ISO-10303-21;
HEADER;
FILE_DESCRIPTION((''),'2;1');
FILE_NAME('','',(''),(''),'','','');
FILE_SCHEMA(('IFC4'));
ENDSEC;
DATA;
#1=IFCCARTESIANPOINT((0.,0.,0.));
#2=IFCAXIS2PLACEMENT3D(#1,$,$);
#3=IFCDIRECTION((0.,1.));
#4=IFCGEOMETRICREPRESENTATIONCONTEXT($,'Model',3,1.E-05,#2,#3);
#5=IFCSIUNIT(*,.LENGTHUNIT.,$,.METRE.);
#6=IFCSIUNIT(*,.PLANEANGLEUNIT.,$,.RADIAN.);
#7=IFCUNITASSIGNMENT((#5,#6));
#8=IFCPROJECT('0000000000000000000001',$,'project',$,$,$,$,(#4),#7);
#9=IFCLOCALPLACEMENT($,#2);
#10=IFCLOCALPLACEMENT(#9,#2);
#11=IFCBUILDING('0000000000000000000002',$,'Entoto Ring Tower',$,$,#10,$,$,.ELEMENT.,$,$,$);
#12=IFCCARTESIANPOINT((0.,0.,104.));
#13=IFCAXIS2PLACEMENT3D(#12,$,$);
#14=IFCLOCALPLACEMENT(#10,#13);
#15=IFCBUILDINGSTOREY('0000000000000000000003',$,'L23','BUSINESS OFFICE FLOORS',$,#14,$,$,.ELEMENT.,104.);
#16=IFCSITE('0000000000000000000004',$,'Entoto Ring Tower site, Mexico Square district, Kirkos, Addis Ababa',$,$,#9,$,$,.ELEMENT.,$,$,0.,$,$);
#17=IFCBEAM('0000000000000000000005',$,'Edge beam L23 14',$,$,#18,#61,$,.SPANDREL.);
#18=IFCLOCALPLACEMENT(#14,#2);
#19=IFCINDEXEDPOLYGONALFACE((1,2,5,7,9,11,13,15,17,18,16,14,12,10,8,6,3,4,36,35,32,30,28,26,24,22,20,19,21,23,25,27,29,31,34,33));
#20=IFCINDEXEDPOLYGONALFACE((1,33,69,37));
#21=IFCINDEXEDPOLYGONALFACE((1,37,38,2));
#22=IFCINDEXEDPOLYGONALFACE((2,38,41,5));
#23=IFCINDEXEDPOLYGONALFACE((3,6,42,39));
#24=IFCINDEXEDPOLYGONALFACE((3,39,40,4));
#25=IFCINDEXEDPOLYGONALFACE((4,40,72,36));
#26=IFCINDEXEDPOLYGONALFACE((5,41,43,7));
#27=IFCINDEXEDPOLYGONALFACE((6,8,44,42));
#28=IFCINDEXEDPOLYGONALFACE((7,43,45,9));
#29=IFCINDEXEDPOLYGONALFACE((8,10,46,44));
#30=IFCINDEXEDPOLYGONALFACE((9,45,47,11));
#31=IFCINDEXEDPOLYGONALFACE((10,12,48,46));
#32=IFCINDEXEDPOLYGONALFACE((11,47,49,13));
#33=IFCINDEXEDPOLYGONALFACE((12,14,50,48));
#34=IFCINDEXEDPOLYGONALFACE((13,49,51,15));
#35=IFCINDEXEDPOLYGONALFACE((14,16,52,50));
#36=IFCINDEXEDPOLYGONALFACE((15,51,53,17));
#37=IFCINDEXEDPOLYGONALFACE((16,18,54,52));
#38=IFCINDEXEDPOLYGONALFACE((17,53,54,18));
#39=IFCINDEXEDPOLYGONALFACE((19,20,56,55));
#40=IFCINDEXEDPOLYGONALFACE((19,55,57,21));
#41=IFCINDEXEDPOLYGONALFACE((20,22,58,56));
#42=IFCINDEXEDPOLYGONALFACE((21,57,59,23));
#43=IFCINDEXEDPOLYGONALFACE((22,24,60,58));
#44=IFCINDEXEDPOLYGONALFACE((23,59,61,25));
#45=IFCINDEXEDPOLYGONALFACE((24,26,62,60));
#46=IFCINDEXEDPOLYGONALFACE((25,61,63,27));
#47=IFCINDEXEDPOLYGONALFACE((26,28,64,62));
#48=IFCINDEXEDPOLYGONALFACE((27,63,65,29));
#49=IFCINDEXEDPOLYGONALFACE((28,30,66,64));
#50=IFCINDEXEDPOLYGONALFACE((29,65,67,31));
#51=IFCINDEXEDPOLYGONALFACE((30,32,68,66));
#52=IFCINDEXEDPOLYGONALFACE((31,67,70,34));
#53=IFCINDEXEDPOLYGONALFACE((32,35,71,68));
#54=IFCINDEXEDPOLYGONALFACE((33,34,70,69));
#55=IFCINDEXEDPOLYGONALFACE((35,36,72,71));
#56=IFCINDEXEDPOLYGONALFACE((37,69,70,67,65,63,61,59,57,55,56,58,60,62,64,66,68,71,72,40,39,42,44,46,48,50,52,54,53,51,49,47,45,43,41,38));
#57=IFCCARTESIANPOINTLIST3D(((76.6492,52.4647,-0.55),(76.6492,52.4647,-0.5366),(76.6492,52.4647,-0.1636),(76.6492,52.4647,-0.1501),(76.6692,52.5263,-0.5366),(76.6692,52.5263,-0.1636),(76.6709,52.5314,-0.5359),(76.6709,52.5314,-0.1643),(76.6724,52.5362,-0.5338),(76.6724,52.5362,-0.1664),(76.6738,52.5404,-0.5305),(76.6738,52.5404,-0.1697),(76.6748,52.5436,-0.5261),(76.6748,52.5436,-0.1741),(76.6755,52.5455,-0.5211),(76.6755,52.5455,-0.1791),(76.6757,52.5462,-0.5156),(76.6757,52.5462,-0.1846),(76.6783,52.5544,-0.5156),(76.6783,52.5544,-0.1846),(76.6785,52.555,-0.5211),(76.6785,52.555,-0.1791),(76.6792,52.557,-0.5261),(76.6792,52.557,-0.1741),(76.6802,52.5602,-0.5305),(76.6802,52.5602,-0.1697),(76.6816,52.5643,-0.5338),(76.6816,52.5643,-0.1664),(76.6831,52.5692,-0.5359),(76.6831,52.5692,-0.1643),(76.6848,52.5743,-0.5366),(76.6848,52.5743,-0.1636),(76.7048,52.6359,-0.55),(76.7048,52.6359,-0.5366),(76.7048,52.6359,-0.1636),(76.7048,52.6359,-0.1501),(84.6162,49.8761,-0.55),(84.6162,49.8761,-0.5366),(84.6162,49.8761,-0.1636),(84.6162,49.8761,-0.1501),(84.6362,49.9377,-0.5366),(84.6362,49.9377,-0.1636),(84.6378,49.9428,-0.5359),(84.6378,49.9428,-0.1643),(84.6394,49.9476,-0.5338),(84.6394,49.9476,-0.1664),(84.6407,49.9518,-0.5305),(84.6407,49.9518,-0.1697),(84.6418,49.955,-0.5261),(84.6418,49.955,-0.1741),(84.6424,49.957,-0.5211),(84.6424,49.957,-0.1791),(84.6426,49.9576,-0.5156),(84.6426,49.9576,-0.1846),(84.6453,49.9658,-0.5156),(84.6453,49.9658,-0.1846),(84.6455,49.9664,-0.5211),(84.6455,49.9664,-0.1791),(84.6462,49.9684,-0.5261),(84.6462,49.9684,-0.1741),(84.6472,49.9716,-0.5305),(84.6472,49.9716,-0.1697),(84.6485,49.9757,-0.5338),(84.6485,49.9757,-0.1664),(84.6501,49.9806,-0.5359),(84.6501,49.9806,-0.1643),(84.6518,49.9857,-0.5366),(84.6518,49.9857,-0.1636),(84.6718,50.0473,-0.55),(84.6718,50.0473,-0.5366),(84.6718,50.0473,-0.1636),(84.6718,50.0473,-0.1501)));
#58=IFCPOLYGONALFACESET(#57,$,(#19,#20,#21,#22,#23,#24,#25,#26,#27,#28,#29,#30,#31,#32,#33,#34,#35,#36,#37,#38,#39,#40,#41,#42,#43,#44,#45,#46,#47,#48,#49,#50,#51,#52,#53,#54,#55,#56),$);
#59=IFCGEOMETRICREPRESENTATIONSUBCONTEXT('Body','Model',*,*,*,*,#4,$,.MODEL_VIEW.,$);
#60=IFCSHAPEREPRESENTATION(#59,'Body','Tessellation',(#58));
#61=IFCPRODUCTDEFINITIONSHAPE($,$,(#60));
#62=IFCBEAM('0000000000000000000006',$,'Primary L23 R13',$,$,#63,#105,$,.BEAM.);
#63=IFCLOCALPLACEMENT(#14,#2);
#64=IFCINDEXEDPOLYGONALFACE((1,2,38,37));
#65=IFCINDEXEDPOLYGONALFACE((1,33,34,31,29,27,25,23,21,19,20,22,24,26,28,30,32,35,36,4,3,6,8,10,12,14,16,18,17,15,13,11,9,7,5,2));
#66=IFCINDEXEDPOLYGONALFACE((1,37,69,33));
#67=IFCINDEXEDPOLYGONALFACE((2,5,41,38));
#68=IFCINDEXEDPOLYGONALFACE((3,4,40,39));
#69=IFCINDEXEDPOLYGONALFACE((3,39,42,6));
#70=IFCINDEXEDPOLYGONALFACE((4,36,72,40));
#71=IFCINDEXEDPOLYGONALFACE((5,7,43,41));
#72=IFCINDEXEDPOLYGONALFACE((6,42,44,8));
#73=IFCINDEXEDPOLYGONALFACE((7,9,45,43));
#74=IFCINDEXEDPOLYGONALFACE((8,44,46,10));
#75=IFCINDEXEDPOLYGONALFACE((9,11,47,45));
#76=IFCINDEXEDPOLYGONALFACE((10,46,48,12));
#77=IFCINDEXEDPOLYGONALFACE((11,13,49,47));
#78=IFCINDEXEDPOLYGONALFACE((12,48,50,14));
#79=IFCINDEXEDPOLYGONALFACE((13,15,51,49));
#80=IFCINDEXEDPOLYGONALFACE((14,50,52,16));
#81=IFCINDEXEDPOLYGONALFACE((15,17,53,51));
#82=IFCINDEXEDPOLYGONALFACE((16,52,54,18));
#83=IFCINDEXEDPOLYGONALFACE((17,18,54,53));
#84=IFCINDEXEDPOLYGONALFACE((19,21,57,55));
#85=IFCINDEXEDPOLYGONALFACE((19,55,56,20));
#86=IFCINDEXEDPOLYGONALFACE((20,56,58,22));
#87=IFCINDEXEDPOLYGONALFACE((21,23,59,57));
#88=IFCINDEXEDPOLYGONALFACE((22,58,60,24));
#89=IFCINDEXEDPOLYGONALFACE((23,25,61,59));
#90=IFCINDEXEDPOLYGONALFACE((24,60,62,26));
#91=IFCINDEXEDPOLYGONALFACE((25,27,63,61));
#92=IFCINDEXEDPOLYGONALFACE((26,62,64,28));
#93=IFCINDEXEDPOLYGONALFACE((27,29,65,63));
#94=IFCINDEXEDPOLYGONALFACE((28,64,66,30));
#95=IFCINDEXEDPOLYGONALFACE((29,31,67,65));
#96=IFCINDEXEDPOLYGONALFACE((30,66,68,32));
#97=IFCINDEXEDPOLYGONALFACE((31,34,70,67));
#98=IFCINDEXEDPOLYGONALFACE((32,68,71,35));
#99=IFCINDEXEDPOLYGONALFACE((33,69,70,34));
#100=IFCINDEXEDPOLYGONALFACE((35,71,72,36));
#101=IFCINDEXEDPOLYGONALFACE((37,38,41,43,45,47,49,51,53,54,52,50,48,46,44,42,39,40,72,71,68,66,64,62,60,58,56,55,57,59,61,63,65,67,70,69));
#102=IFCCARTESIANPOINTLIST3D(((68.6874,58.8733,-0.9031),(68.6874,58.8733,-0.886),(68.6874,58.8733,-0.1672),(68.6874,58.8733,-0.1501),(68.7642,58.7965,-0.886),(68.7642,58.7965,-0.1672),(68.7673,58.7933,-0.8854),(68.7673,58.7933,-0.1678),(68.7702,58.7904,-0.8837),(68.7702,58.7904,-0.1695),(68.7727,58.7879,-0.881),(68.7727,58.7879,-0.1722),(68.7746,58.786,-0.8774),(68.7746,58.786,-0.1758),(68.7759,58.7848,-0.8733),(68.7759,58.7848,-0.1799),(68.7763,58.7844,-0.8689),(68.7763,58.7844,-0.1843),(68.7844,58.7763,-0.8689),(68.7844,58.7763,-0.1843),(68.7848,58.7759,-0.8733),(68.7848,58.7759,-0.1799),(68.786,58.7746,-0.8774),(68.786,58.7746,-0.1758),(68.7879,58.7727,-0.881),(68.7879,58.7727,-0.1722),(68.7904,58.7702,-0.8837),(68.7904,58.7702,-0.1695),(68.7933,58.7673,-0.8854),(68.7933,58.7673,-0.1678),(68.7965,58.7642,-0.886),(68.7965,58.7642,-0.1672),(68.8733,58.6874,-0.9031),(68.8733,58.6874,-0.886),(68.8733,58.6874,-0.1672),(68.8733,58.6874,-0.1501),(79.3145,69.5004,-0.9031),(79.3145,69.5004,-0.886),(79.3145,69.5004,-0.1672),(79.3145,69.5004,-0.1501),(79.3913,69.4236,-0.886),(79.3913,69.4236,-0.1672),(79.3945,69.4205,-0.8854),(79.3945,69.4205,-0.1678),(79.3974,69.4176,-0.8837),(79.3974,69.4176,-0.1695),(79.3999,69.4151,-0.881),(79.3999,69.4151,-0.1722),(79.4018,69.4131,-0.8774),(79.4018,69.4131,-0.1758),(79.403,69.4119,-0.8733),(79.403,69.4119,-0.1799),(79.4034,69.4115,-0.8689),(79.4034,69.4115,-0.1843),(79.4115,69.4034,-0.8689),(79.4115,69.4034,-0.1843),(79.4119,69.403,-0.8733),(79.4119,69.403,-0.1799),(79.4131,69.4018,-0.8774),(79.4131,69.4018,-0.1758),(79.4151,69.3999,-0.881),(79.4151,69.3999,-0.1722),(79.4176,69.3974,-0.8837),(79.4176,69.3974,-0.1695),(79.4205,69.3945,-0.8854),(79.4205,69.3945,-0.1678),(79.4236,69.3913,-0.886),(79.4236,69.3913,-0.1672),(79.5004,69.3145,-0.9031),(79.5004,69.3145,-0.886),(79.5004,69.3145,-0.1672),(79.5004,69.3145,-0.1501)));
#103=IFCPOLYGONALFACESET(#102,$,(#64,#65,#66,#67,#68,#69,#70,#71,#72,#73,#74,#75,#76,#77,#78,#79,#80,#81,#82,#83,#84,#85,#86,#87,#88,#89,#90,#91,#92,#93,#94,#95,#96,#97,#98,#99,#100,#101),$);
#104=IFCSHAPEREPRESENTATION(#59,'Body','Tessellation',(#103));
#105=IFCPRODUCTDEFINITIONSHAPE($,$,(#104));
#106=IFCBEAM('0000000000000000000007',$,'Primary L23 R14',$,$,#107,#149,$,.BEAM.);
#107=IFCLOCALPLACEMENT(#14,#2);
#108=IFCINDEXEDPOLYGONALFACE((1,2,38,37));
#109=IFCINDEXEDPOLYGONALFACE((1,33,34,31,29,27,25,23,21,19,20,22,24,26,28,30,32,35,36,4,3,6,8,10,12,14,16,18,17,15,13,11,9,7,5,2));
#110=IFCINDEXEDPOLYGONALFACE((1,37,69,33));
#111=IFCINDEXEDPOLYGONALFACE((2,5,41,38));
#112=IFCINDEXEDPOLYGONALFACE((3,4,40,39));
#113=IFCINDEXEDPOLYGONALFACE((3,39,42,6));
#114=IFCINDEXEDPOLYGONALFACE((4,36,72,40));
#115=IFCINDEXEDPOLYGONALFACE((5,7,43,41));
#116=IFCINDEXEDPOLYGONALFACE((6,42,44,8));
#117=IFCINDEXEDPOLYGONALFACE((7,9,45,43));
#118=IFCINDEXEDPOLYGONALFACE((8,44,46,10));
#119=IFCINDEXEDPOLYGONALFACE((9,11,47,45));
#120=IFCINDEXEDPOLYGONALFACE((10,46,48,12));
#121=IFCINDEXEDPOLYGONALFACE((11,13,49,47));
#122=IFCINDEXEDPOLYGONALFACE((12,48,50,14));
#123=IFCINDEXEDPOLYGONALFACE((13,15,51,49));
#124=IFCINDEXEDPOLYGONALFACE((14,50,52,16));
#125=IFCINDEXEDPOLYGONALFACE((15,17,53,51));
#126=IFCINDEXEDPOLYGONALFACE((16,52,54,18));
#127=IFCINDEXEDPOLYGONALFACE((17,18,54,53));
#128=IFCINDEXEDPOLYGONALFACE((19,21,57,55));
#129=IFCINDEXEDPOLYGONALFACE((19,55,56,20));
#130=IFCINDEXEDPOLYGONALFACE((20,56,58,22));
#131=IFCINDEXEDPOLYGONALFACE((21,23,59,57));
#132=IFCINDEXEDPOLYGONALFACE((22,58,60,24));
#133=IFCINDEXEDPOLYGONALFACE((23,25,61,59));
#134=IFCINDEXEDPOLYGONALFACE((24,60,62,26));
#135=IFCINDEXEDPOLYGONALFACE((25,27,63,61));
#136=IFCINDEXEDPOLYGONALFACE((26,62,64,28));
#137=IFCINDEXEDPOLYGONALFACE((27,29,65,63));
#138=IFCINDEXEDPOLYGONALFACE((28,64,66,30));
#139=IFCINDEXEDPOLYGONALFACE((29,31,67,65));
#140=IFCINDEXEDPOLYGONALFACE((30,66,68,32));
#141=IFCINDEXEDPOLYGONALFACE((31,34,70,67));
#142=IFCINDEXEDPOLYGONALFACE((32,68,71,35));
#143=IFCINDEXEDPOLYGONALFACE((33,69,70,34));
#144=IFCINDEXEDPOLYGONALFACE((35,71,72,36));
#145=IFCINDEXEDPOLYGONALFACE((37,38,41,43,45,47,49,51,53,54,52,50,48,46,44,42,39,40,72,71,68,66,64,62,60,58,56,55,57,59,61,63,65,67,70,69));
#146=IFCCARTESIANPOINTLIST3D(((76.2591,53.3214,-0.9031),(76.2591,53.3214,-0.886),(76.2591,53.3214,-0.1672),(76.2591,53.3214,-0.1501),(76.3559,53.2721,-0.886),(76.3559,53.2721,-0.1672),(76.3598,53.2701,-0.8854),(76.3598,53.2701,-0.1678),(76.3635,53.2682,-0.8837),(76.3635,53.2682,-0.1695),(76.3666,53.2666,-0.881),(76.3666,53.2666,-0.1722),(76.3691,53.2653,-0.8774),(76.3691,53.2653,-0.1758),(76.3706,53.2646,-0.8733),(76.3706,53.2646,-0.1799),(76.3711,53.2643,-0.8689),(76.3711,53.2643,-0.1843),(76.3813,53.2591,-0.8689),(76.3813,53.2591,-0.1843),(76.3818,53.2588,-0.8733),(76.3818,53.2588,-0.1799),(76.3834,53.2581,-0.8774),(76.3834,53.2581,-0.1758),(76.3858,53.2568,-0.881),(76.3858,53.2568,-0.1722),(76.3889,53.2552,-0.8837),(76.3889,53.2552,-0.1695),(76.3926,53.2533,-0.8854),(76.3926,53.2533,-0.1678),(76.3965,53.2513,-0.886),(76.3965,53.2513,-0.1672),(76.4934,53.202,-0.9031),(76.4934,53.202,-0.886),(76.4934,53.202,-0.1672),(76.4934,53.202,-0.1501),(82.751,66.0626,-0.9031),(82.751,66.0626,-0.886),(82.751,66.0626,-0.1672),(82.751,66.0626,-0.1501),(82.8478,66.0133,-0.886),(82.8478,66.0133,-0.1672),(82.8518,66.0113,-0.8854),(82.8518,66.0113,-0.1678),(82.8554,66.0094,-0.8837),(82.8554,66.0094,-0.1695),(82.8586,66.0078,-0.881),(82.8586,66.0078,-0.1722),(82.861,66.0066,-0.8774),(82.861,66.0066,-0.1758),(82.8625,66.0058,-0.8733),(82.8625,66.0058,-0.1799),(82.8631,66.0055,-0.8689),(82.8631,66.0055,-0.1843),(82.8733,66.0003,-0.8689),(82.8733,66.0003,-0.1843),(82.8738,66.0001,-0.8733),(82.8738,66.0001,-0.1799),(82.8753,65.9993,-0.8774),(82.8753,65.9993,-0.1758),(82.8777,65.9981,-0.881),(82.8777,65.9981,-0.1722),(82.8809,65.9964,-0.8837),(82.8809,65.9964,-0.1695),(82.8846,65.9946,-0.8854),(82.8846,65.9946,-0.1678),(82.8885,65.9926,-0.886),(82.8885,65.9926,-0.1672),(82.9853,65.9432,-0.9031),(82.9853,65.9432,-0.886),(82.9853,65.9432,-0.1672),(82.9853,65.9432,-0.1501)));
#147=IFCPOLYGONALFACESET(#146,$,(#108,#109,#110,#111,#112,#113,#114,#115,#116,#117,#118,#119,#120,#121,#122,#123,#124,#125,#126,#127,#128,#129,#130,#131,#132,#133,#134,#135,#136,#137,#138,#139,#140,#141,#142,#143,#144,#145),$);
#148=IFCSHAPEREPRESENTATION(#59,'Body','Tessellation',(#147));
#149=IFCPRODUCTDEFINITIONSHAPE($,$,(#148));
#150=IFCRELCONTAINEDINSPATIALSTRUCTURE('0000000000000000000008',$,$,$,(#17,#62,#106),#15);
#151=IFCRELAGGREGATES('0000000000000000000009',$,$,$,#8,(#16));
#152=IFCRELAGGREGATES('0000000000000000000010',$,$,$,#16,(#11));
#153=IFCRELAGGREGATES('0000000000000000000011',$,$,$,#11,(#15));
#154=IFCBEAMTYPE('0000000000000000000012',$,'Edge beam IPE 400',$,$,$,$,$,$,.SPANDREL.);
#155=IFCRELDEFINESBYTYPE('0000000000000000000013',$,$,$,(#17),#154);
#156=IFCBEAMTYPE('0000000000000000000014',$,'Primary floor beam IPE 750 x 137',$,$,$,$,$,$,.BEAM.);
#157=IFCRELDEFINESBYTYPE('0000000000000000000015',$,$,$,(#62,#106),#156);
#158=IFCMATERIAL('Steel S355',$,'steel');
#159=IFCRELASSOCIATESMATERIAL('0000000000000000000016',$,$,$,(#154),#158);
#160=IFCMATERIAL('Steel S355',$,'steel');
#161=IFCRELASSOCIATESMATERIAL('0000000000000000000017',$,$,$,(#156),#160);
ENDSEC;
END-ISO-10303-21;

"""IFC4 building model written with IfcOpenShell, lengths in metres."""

from ifc_helpers import new_model, si_unit, direction, frame, origin, origin_2d, place, context, subcontext, project, spatial, i_section, extrude, material, material_profile, profile_set, type_object, element, save


model = new_model("IFC4")

# Units and contexts
model_context = context("Model", 3, precision=1e-05, world=origin(), true_north=direction((0.0, 1.0)))
body_context = subcontext(model_context, "Body", "Model", "MODEL_VIEW")
ifc_project = project(units=[si_unit("LENGTHUNIT", "METRE"), si_unit("PLANEANGLEUNIT", "RADIAN")], contexts=[model_context])

# Site, building, storey
site_placement = place(None, origin())
site = spatial("IfcSite", under=ifc_project, at=site_placement, Name="Entoto Ring Tower site, Mexico Square district, Kirkos, Addis Ababa", CompositionType="ELEMENT", RefElevation=0.0)
building_placement = place(site_placement, origin())
building = spatial("IfcBuilding", under=site, at=building_placement, Name="Entoto Ring Tower", CompositionType="ELEMENT")
storey_placement = place(building_placement, frame((0.0, 0.0, 104.0)))
storey = spatial("IfcBuildingStorey", under=building, at=storey_placement, Name="L23", Description="BUSINESS OFFICE FLOORS", CompositionType="ELEMENT", Elevation=104.0)

# Beams
ifc_material_1 = material(Name="Steel S355", Category="steel")
ifc_material_profile_1 = material_profile(ifc_material_1, i_section(OverallWidth=0.1799, OverallDepth=0.3999, WebThickness=0.0085, FlangeThickness=0.0134, FilletRadius=0.021, at=origin_2d()), Name="IPE 400")
ifc_profile_set_1 = profile_set([ifc_material_profile_1], Name="Steel S355")
beam_type_1 = type_object("IfcBeamType", Name="Edge beam IPE 400", PredefinedType="SPANDREL", material=ifc_profile_set_1)
for number, where, z_axis, x_axis, name in (
    (1, (76.677, 52.5503, -0.3501), (0.951057, -0.309014, 0.0), (0.309014, 0.951057, 0.0), "Edge beam L23 14"),
):
    element("IfcBeam", number, at=place(storey_placement, frame(where, z_axis=z_axis, x_axis=x_axis)), inside=storey, type_object=beam_type_1, Name=name, PredefinedType="SPANDREL", context=body_context, shape_type="SweptSolid", body=[
        extrude(i_section(OverallWidth=0.1799, OverallDepth=0.3999, WebThickness=0.0085, FlangeThickness=0.0134, FilletRadius=0.021, at=origin_2d()), origin(), (0.0, 0.0, 1.0), 8.377),
    ])
ifc_material_2 = material(Name="Steel S355", Category="steel")
ifc_material_profile_2 = material_profile(ifc_material_2, i_section(OverallWidth=0.2629, OverallDepth=0.7529, WebThickness=0.0115, FlangeThickness=0.0171, FilletRadius=0.0171, at=origin_2d()), Name="IPE 750 x 137")
ifc_profile_set_2 = profile_set([ifc_material_profile_2], Name="Steel S355")
beam_type_2 = type_object("IfcBeamType", Name="Primary floor beam IPE 750 x 137", PredefinedType="BEAM", material=ifc_profile_set_2)
beam_1_placement = place(storey_placement, frame((79.4075, 69.4075, -0.5266), z_axis=(-0.707107, -0.707107, 0.0), x_axis=(0.707107, -0.707107, 0.0)))
element("IfcBeam", 2, at=beam_1_placement, inside=storey, type_object=beam_type_2, Name="Primary L23 R13", PredefinedType="BEAM", context=body_context, shape_type="SweptSolid", body=[
    extrude(i_section(OverallWidth=0.2629, OverallDepth=0.7529, WebThickness=0.0115, FlangeThickness=0.0171, FilletRadius=0.0171, at=origin_2d()), origin(), (0.0, 0.0, 1.0), 15.0291),
])
beam_2_placement = place(storey_placement, frame((82.8682, 66.0029, -0.5266), z_axis=(-0.453989, -0.891007, 0.0), x_axis=(0.891007, -0.453989, 0.0)))
element("IfcBeam", 3, at=beam_2_placement, inside=storey, type_object=beam_type_2, Name="Primary L23 R14", PredefinedType="BEAM", context=body_context, shape_type="SweptSolid", body=[
    extrude(i_section(OverallWidth=0.2629, OverallDepth=0.7529, WebThickness=0.0115, FlangeThickness=0.0171, FilletRadius=0.0171, at=origin_2d()), origin(), (0.0, 0.0, 1.0), 14.2998),
])

save(model, "model.ifc")
